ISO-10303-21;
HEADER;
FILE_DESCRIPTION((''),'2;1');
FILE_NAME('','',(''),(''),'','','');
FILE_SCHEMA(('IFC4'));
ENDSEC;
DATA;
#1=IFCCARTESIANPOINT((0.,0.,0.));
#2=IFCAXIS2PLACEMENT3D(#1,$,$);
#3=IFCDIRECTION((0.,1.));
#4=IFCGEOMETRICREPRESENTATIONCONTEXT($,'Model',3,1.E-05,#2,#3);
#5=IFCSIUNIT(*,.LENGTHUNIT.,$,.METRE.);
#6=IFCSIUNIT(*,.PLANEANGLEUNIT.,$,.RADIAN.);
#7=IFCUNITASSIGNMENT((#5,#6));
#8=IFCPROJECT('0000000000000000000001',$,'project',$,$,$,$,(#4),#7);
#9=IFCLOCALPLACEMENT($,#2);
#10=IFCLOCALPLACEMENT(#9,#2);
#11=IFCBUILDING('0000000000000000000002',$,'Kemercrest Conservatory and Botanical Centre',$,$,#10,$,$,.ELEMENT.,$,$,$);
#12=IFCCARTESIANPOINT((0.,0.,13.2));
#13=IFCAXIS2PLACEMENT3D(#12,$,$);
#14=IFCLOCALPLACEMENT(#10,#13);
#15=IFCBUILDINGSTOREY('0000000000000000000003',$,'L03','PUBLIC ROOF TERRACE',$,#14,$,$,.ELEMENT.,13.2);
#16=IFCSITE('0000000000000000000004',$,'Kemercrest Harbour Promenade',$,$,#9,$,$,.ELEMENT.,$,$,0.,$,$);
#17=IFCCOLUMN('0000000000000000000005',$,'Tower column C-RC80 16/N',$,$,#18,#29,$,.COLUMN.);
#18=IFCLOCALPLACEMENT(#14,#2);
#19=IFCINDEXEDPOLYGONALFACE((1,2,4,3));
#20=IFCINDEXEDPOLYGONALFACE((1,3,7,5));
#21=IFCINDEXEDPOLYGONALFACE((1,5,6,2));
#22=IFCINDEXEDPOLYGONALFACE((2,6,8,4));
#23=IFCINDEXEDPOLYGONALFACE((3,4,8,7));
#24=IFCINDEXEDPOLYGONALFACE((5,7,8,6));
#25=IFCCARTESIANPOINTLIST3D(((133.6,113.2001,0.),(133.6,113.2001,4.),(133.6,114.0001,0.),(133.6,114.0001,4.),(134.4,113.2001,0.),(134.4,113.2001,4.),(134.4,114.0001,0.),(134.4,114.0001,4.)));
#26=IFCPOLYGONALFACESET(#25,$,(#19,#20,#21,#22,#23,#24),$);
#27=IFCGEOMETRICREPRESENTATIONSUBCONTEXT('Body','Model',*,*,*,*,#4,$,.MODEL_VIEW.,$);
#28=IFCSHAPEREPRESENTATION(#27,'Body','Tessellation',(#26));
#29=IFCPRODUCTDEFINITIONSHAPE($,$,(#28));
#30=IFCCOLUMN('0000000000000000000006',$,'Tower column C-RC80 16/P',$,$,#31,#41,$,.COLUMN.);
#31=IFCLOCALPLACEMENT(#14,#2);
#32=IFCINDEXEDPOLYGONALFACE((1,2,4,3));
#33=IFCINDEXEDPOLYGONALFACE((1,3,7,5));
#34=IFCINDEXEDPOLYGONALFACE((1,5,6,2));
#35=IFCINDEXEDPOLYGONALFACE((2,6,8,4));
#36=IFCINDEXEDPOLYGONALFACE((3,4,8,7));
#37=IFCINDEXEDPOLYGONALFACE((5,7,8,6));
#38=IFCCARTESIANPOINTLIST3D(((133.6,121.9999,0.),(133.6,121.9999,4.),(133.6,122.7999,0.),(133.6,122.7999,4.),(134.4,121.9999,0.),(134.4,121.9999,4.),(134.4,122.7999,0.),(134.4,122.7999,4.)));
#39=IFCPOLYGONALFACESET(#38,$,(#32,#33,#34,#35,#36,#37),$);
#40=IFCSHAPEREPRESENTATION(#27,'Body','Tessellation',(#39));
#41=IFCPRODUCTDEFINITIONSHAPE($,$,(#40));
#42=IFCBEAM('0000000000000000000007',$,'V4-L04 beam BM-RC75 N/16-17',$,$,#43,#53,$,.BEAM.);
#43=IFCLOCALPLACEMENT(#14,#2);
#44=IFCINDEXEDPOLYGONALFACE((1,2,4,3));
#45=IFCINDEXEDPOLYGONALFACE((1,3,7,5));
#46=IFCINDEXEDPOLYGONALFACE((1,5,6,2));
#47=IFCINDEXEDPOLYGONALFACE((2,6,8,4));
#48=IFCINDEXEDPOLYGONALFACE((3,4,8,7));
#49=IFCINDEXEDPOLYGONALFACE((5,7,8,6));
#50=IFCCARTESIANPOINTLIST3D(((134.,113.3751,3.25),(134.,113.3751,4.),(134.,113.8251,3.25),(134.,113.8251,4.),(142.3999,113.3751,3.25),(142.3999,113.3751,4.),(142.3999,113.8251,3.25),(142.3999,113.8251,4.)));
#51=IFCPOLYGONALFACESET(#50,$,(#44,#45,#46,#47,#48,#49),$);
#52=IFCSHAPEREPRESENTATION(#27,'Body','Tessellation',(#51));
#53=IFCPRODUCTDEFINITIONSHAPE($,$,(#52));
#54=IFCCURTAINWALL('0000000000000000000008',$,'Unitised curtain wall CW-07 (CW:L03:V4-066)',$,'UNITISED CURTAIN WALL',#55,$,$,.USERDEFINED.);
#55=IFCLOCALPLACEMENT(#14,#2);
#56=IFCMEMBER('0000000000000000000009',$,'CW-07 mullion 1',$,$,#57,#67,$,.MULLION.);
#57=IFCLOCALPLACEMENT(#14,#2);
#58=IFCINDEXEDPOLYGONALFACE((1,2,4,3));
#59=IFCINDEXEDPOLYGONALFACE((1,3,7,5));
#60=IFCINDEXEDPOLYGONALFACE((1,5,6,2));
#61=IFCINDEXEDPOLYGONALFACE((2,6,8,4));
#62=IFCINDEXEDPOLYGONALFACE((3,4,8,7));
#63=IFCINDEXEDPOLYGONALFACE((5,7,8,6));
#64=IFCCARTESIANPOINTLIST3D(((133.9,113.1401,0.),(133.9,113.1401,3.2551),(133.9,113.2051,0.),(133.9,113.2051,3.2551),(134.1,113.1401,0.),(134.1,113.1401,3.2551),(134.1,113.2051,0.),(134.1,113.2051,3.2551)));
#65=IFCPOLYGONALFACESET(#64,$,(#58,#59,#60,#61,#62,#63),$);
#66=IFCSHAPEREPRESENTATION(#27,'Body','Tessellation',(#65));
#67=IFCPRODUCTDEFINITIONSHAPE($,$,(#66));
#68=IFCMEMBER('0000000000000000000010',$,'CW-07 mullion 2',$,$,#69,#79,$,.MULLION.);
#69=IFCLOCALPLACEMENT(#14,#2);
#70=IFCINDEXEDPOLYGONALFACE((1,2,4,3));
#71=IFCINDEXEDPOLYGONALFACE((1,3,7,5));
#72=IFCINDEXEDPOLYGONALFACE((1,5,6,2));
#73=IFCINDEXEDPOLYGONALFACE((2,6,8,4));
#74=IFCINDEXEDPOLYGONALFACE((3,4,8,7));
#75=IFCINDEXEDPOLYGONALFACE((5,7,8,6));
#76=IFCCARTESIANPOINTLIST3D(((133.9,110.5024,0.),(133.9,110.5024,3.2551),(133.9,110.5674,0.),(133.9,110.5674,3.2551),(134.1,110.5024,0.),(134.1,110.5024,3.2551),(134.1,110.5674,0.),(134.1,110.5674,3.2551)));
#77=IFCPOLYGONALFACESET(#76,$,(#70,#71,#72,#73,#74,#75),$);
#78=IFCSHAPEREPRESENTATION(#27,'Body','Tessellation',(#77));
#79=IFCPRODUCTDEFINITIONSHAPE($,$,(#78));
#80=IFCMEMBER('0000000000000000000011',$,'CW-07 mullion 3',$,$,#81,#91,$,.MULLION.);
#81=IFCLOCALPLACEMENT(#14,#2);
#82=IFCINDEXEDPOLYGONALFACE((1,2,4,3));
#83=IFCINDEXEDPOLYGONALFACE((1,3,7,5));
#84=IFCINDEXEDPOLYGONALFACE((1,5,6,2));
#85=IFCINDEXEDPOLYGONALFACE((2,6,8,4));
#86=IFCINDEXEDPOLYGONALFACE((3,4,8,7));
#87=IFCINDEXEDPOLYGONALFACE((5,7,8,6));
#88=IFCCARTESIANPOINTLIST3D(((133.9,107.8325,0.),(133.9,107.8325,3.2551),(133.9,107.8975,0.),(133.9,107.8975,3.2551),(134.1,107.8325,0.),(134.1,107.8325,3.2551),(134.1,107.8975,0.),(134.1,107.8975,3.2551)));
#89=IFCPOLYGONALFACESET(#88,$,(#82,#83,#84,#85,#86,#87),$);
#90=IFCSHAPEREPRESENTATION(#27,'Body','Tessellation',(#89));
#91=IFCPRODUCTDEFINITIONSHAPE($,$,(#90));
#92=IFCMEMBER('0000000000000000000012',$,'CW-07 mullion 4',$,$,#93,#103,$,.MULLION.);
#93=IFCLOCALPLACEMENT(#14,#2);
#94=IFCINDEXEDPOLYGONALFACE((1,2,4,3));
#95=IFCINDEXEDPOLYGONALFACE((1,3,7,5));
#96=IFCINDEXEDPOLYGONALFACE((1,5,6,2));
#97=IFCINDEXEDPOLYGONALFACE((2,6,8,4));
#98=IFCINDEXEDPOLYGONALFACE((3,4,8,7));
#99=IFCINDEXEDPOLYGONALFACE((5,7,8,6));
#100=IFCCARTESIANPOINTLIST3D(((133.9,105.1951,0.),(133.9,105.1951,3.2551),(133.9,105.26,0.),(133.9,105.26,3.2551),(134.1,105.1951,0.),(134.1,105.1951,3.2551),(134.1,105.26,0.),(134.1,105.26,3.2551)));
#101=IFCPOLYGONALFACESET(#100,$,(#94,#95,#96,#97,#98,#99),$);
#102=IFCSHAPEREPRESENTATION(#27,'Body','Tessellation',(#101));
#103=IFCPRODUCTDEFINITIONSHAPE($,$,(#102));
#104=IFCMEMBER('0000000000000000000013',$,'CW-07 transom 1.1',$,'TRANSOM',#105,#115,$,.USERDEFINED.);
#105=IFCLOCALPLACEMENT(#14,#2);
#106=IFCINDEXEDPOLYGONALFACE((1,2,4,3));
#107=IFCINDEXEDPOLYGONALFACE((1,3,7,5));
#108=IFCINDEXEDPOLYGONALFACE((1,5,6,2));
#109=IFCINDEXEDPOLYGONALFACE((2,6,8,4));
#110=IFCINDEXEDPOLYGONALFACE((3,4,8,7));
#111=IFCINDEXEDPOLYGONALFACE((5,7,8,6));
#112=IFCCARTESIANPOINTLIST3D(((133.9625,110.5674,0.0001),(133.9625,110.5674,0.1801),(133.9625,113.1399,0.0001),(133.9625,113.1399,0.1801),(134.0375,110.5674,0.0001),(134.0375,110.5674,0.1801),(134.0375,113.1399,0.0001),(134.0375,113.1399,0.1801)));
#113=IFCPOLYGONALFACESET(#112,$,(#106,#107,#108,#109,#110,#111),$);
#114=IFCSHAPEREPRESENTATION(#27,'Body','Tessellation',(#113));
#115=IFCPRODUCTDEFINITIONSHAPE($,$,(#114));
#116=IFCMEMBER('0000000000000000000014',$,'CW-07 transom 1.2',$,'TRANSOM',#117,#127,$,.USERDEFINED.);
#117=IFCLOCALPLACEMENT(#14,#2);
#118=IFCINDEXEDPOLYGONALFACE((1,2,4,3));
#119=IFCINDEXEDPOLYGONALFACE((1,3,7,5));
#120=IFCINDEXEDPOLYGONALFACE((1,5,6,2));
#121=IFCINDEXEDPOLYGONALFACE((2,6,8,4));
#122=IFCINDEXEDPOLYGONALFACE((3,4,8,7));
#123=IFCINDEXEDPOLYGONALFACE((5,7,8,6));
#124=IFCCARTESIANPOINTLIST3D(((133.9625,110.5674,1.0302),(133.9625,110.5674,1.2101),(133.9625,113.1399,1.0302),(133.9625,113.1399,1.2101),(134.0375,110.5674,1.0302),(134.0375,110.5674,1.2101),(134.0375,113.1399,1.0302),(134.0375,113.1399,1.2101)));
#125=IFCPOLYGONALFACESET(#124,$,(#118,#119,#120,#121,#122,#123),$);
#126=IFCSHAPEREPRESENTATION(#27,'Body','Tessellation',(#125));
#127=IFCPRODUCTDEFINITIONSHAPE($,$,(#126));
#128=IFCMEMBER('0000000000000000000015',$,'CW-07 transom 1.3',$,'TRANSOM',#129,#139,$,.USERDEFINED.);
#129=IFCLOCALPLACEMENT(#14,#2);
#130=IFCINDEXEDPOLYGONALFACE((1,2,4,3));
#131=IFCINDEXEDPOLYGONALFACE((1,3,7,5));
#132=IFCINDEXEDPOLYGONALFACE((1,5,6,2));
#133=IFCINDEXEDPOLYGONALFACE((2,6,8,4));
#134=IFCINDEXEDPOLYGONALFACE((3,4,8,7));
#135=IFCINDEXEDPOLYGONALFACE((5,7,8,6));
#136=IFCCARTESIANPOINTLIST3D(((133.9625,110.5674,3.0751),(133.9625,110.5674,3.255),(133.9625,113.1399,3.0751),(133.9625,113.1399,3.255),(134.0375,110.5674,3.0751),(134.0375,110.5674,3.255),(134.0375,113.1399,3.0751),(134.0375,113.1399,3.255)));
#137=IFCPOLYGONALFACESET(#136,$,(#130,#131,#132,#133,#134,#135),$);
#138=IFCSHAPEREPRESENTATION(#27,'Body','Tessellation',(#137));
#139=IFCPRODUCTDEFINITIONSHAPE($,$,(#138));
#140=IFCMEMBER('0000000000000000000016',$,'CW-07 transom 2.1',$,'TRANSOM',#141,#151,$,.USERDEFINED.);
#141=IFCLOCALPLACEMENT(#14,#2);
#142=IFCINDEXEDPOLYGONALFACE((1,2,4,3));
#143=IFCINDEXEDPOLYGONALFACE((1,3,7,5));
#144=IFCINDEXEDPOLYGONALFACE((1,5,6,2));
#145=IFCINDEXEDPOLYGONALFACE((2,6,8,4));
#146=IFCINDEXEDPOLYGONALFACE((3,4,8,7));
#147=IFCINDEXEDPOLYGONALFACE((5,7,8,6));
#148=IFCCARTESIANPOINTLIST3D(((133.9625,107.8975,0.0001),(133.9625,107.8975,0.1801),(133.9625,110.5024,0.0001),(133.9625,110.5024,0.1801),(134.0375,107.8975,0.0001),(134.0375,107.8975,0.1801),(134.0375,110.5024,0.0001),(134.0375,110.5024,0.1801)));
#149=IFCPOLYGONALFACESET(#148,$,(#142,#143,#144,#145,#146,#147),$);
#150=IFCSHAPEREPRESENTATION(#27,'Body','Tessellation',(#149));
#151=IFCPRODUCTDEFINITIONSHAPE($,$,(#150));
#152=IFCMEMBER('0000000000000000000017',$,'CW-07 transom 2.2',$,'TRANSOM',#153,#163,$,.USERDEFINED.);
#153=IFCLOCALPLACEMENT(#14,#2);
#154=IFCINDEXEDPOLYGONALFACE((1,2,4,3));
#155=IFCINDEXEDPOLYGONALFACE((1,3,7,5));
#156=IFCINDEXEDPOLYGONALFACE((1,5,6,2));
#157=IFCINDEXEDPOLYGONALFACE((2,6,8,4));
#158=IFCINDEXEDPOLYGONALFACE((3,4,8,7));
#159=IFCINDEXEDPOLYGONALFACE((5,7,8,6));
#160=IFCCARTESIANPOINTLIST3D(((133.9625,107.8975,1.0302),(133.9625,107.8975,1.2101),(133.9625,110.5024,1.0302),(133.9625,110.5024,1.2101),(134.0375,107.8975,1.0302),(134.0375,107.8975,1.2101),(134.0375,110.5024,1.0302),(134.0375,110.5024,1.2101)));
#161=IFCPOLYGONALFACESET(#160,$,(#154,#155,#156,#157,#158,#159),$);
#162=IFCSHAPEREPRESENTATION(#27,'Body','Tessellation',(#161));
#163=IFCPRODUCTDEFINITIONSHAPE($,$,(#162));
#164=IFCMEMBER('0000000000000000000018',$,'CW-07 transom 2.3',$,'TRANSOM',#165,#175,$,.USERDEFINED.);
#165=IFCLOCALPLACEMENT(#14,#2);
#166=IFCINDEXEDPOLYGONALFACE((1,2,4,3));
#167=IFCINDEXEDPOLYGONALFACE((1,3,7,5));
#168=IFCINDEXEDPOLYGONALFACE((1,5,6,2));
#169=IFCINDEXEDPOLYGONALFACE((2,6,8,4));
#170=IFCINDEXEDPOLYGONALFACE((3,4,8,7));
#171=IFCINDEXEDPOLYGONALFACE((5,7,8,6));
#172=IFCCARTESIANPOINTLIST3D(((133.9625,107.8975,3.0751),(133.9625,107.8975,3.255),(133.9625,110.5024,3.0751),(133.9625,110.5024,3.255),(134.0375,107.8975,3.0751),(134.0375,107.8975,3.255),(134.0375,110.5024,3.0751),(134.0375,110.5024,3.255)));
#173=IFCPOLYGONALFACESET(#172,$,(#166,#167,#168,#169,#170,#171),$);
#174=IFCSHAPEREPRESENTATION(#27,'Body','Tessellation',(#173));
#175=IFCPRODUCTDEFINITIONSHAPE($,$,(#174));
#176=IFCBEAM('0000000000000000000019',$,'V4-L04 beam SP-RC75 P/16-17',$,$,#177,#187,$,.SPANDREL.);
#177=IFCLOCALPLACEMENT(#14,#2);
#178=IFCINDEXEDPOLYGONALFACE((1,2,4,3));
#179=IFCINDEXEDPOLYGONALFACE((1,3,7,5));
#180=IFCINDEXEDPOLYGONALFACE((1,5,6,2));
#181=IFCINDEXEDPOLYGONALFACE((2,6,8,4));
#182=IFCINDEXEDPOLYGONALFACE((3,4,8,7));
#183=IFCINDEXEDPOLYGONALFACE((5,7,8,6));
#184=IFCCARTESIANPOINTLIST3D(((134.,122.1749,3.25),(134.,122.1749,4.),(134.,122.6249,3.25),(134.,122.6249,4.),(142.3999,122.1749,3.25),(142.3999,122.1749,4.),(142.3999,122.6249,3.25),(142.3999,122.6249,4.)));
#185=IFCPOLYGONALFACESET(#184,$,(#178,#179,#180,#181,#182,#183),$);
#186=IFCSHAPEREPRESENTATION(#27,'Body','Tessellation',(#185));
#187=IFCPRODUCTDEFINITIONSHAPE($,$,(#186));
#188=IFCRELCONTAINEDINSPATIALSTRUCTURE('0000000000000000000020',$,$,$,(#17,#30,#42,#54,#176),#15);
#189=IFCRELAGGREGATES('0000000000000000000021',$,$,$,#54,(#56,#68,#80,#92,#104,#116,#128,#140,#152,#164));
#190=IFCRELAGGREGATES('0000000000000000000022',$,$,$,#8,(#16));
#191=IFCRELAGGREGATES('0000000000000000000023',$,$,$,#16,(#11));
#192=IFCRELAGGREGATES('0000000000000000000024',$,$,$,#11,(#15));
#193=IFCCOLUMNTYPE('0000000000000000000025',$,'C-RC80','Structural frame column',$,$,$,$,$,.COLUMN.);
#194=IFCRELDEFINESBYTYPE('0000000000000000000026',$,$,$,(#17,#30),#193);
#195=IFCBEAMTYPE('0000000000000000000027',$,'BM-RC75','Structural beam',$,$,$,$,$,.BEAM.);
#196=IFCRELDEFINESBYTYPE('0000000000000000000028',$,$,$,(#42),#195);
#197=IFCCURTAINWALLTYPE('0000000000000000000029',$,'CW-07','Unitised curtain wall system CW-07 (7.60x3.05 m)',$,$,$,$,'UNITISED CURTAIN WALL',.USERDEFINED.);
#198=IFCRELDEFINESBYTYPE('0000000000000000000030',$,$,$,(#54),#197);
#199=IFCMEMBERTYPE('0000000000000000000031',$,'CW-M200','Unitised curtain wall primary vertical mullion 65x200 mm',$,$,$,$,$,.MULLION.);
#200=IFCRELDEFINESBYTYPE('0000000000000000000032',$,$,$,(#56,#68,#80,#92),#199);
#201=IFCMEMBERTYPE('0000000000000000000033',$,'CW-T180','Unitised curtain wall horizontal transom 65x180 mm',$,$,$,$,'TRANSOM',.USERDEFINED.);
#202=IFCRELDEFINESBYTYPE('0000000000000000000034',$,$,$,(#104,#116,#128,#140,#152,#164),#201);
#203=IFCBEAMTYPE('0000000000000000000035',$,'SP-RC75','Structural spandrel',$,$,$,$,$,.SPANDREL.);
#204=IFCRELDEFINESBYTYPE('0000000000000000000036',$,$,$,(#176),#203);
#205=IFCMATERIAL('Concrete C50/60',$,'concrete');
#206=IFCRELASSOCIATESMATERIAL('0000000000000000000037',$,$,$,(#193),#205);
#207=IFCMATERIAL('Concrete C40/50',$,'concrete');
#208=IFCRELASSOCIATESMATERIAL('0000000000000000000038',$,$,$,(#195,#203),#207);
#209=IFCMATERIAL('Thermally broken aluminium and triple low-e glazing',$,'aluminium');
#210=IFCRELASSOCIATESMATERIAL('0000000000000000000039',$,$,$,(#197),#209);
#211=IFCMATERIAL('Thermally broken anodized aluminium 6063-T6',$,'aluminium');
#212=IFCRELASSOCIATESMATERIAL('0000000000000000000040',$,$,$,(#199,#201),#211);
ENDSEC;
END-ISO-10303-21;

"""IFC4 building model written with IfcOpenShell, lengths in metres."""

from ifc_helpers import new_model, si_unit, direction, frame, origin, origin_2d, place, context, subcontext, project, spatial, rectangle, extrude, material, material_profile, profile_set, type_object, element, aggregate, save


model = new_model("IFC4")

# Units and contexts
model_context = context("Model", 3, precision=1e-05, world=origin(), true_north=direction((0.0, 1.0)))
body_context = subcontext(model_context, "Body", "Model", "MODEL_VIEW")
ifc_project = project(units=[si_unit("LENGTHUNIT", "METRE"), si_unit("PLANEANGLEUNIT", "RADIAN")], contexts=[model_context])

# Site, building, storey
site_placement = place(None, origin())
site = spatial("IfcSite", under=ifc_project, at=site_placement, Name="Kemercrest Harbour Promenade", CompositionType="ELEMENT", RefElevation=0.0)
building_placement = place(site_placement, origin())
building = spatial("IfcBuilding", under=site, at=building_placement, Name="Kemercrest Conservatory and Botanical Centre", CompositionType="ELEMENT")
storey_placement = place(building_placement, frame((0.0, 0.0, 13.2)))
storey = spatial("IfcBuildingStorey", under=building, at=storey_placement, Name="L03", Description="PUBLIC ROOF TERRACE", CompositionType="ELEMENT", Elevation=13.2)

# Columns
ifc_material_1 = material(Name="Concrete C50/60", Category="concrete")
ifc_material_profile_1 = material_profile(ifc_material_1, rectangle(XDim=0.8, YDim=0.8, at=origin_2d()), Name="RC 800x800")
ifc_profile_set_1 = profile_set([ifc_material_profile_1], Name="Concrete C50/60")
column_type = type_object("IfcColumnType", Name="C-RC80", Description="Structural frame column", PredefinedType="COLUMN", material=ifc_profile_set_1)
for number, where, z_axis, x_axis, name in (
    (1, (134.0, 113.6001, 0.0), (0.0, 0.0, 1.0), (1.0, 0.0, 0.0), "Tower column C-RC80 16/N"),
    (2, (134.0, 122.3999, 0.0), (0.0, 0.0, 1.0), (1.0, 0.0, 0.0), "Tower column C-RC80 16/P"),
):
    element("IfcColumn", number, at=place(storey_placement, frame(where, z_axis=z_axis, x_axis=x_axis)), inside=storey, type_object=column_type, Name=name, PredefinedType="COLUMN", context=body_context, shape_type="SweptSolid", body=[
        extrude(rectangle(XDim=0.8, YDim=0.8, at=origin_2d()), origin(), (0.0, 0.0, 1.0), 4.0),
    ])

# Beam
ifc_material_2 = material(Name="Concrete C40/50", Category="concrete")
ifc_material_profile_2 = material_profile(ifc_material_2, rectangle(XDim=0.45, YDim=0.75, at=origin_2d()), Name="RC 450x750")
ifc_profile_set_2 = profile_set([ifc_material_profile_2], Name="Concrete C40/50")
beam_type_1 = type_object("IfcBeamType", Name="BM-RC75", Description="Structural beam", PredefinedType="BEAM", material=ifc_profile_set_2)
beam_1_placement = place(storey_placement, frame((134.0, 113.6001, 3.625), z_axis=(1.0, 0.0, 0.0), x_axis=(0.0, 1.0, 0.0)))
element("IfcBeam", 3, at=beam_1_placement, inside=storey, type_object=beam_type_1, Name="V4-L04 beam BM-RC75 N/16-17", PredefinedType="BEAM", context=body_context, shape_type="SweptSolid", body=[
    extrude(rectangle(XDim=0.45, YDim=0.75, at=origin_2d()), origin(), (0.0, 0.0, 1.0), 8.3999),
])

# Curtain wall, members
ifc_material_3 = material(Name="Thermally broken aluminium and triple low-e glazing", Category="aluminium")
curtain_wall_type = type_object("IfcCurtainWallType", Name="CW-07", Description="Unitised curtain wall system CW-07 (7.60x3.05 m)", ElementType="UNITISED CURTAIN WALL", PredefinedType="USERDEFINED", material=ifc_material_3)
curtain_wall_placement = place(storey_placement, origin())
curtain_wall = element("IfcCurtainWall", 4, at=curtain_wall_placement, inside=storey, type_object=curtain_wall_type, Name="Unitised curtain wall CW-07 (CW:L03:V4-066)", ObjectType="UNITISED CURTAIN WALL", PredefinedType="USERDEFINED")
ifc_material_4 = material(Name="Thermally broken anodized aluminium 6063-T6", Category="aluminium")
ifc_material_profile_3 = material_profile(ifc_material_4, rectangle(XDim=0.2, YDim=0.0649, at=origin_2d()), Name="AL MULLION 65x200")
ifc_profile_set_3 = profile_set([ifc_material_profile_3], Name="Thermally broken anodized aluminium 6063-T6")
member_type_1 = type_object("IfcMemberType", Name="CW-M200", Description="Unitised curtain wall primary vertical mullion 65x200 mm", PredefinedType="MULLION", material=ifc_profile_set_3)
member_1_placement = place(storey_placement, frame((134.0, 113.1726, 0.0), z_axis=(0.0, 0.0, 1.0), x_axis=(1.0, 0.0, 0.0)))
member_1 = element("IfcMember", 5, at=member_1_placement, type_object=member_type_1, Name="CW-07 mullion 1", PredefinedType="MULLION", context=body_context, shape_type="SweptSolid", body=[
    extrude(rectangle(XDim=0.2, YDim=0.0649, at=origin_2d()), origin(), (0.0, 0.0, 1.0), 3.2551),
])
member_2_placement = place(storey_placement, frame((134.0, 110.5349, 0.0), z_axis=(0.0, 0.0, 1.0), x_axis=(1.0, 0.0, 0.0)))
member_2 = element("IfcMember", 6, at=member_2_placement, type_object=member_type_1, Name="CW-07 mullion 2", PredefinedType="MULLION", context=body_context, shape_type="SweptSolid", body=[
    extrude(rectangle(XDim=0.2, YDim=0.0649, at=origin_2d()), origin(), (0.0, 0.0, 1.0), 3.2551),
])
member_3_placement = place(storey_placement, frame((134.0, 107.865, 0.0), z_axis=(0.0, 0.0, 1.0), x_axis=(1.0, 0.0, 0.0)))
member_3 = element("IfcMember", 7, at=member_3_placement, type_object=member_type_1, Name="CW-07 mullion 3", PredefinedType="MULLION", context=body_context, shape_type="SweptSolid", body=[
    extrude(rectangle(XDim=0.2, YDim=0.0649, at=origin_2d()), origin(), (0.0, 0.0, 1.0), 3.2551),
])
member_4_placement = place(storey_placement, frame((134.0, 105.2275, 0.0), z_axis=(0.0, 0.0, 1.0), x_axis=(1.0, 0.0, 0.0)))
member_4 = element("IfcMember", 8, at=member_4_placement, type_object=member_type_1, Name="CW-07 mullion 4", PredefinedType="MULLION", context=body_context, shape_type="SweptSolid", body=[
    extrude(rectangle(XDim=0.2, YDim=0.0649, at=origin_2d()), origin(), (0.0, 0.0, 1.0), 3.2551),
])
ifc_material_profile_4 = material_profile(ifc_material_4, rectangle(XDim=0.075, YDim=0.1799, at=origin_2d()), Name="AL TRANSOM 75x180")
ifc_profile_set_4 = profile_set([ifc_material_profile_4], Name="Thermally broken anodized aluminium 6063-T6")
member_type_2 = type_object("IfcMemberType", Name="CW-T180", Description="Unitised curtain wall horizontal transom 65x180 mm", ElementType="TRANSOM", PredefinedType="USERDEFINED", material=ifc_profile_set_4)
member_5_placement = place(storey_placement, frame((134.0, 113.1399, 0.0901), z_axis=(0.0, -1.0, 0.0), x_axis=(1.0, 0.0, 0.0)))
member_5 = element("IfcMember", 9, at=member_5_placement, type_object=member_type_2, Name="CW-07 transom 1.1", ObjectType="TRANSOM", PredefinedType="USERDEFINED", context=body_context, shape_type="SweptSolid", body=[
    extrude(rectangle(XDim=0.075, YDim=0.1799, at=origin_2d()), origin(), (0.0, 0.0, 1.0), 2.5725),
])
member_6_placement = place(storey_placement, frame((134.0, 113.1399, 1.1201), z_axis=(0.0, -1.0, 0.0), x_axis=(1.0, 0.0, 0.0)))
member_6 = element("IfcMember", 10, at=member_6_placement, type_object=member_type_2, Name="CW-07 transom 1.2", ObjectType="TRANSOM", PredefinedType="USERDEFINED", context=body_context, shape_type="SweptSolid", body=[
    extrude(rectangle(XDim=0.075, YDim=0.1799, at=origin_2d()), origin(), (0.0, 0.0, 1.0), 2.5725),
])
member_7_placement = place(storey_placement, frame((134.0, 113.1399, 3.165), z_axis=(0.0, -1.0, 0.0), x_axis=(1.0, 0.0, 0.0)))
member_7 = element("IfcMember", 11, at=member_7_placement, type_object=member_type_2, Name="CW-07 transom 1.3", ObjectType="TRANSOM", PredefinedType="USERDEFINED", context=body_context, shape_type="SweptSolid", body=[
    extrude(rectangle(XDim=0.075, YDim=0.1799, at=origin_2d()), origin(), (0.0, 0.0, 1.0), 2.5725),
])
member_8_placement = place(storey_placement, frame((134.0, 110.5024, 0.0901), z_axis=(0.0, -1.0, 0.0), x_axis=(1.0, 0.0, 0.0)))
member_8 = element("IfcMember", 12, at=member_8_placement, type_object=member_type_2, Name="CW-07 transom 2.1", ObjectType="TRANSOM", PredefinedType="USERDEFINED", context=body_context, shape_type="SweptSolid", body=[
    extrude(rectangle(XDim=0.075, YDim=0.1799, at=origin_2d()), origin(), (0.0, 0.0, 1.0), 2.605),
])
member_9_placement = place(storey_placement, frame((134.0, 110.5024, 1.1201), z_axis=(0.0, -1.0, 0.0), x_axis=(1.0, 0.0, 0.0)))
member_9 = element("IfcMember", 13, at=member_9_placement, type_object=member_type_2, Name="CW-07 transom 2.2", ObjectType="TRANSOM", PredefinedType="USERDEFINED", context=body_context, shape_type="SweptSolid", body=[
    extrude(rectangle(XDim=0.075, YDim=0.1799, at=origin_2d()), origin(), (0.0, 0.0, 1.0), 2.605),
])
member_10_placement = place(storey_placement, frame((134.0, 110.5024, 3.165), z_axis=(0.0, -1.0, 0.0), x_axis=(1.0, 0.0, 0.0)))
member_10 = element("IfcMember", 14, at=member_10_placement, type_object=member_type_2, Name="CW-07 transom 2.3", ObjectType="TRANSOM", PredefinedType="USERDEFINED", context=body_context, shape_type="SweptSolid", body=[
    extrude(rectangle(XDim=0.075, YDim=0.1799, at=origin_2d()), origin(), (0.0, 0.0, 1.0), 2.605),
])

# Beam
ifc_material_profile_5 = material_profile(ifc_material_2, rectangle(XDim=0.45, YDim=0.75, at=origin_2d()), Name="RC 450x750")
ifc_profile_set_5 = profile_set([ifc_material_profile_5], Name="Concrete C40/50")
beam_type_2 = type_object("IfcBeamType", Name="SP-RC75", Description="Structural spandrel", PredefinedType="SPANDREL", material=ifc_profile_set_5)
beam_2_placement = place(storey_placement, frame((134.0, 122.3999, 3.625), z_axis=(1.0, 0.0, 0.0), x_axis=(0.0, 1.0, 0.0)))
element("IfcBeam", 15, at=beam_2_placement, inside=storey, type_object=beam_type_2, Name="V4-L04 beam SP-RC75 P/16-17", PredefinedType="SPANDREL", context=body_context, shape_type="SweptSolid", body=[
    extrude(rectangle(XDim=0.45, YDim=0.75, at=origin_2d()), origin(), (0.0, 0.0, 1.0), 8.3999),
])

aggregate(curtain_wall, [member_1, member_2, member_3, member_4, member_5, member_6, member_7, member_8, member_9, member_10])

save(model, "model.ifc")
